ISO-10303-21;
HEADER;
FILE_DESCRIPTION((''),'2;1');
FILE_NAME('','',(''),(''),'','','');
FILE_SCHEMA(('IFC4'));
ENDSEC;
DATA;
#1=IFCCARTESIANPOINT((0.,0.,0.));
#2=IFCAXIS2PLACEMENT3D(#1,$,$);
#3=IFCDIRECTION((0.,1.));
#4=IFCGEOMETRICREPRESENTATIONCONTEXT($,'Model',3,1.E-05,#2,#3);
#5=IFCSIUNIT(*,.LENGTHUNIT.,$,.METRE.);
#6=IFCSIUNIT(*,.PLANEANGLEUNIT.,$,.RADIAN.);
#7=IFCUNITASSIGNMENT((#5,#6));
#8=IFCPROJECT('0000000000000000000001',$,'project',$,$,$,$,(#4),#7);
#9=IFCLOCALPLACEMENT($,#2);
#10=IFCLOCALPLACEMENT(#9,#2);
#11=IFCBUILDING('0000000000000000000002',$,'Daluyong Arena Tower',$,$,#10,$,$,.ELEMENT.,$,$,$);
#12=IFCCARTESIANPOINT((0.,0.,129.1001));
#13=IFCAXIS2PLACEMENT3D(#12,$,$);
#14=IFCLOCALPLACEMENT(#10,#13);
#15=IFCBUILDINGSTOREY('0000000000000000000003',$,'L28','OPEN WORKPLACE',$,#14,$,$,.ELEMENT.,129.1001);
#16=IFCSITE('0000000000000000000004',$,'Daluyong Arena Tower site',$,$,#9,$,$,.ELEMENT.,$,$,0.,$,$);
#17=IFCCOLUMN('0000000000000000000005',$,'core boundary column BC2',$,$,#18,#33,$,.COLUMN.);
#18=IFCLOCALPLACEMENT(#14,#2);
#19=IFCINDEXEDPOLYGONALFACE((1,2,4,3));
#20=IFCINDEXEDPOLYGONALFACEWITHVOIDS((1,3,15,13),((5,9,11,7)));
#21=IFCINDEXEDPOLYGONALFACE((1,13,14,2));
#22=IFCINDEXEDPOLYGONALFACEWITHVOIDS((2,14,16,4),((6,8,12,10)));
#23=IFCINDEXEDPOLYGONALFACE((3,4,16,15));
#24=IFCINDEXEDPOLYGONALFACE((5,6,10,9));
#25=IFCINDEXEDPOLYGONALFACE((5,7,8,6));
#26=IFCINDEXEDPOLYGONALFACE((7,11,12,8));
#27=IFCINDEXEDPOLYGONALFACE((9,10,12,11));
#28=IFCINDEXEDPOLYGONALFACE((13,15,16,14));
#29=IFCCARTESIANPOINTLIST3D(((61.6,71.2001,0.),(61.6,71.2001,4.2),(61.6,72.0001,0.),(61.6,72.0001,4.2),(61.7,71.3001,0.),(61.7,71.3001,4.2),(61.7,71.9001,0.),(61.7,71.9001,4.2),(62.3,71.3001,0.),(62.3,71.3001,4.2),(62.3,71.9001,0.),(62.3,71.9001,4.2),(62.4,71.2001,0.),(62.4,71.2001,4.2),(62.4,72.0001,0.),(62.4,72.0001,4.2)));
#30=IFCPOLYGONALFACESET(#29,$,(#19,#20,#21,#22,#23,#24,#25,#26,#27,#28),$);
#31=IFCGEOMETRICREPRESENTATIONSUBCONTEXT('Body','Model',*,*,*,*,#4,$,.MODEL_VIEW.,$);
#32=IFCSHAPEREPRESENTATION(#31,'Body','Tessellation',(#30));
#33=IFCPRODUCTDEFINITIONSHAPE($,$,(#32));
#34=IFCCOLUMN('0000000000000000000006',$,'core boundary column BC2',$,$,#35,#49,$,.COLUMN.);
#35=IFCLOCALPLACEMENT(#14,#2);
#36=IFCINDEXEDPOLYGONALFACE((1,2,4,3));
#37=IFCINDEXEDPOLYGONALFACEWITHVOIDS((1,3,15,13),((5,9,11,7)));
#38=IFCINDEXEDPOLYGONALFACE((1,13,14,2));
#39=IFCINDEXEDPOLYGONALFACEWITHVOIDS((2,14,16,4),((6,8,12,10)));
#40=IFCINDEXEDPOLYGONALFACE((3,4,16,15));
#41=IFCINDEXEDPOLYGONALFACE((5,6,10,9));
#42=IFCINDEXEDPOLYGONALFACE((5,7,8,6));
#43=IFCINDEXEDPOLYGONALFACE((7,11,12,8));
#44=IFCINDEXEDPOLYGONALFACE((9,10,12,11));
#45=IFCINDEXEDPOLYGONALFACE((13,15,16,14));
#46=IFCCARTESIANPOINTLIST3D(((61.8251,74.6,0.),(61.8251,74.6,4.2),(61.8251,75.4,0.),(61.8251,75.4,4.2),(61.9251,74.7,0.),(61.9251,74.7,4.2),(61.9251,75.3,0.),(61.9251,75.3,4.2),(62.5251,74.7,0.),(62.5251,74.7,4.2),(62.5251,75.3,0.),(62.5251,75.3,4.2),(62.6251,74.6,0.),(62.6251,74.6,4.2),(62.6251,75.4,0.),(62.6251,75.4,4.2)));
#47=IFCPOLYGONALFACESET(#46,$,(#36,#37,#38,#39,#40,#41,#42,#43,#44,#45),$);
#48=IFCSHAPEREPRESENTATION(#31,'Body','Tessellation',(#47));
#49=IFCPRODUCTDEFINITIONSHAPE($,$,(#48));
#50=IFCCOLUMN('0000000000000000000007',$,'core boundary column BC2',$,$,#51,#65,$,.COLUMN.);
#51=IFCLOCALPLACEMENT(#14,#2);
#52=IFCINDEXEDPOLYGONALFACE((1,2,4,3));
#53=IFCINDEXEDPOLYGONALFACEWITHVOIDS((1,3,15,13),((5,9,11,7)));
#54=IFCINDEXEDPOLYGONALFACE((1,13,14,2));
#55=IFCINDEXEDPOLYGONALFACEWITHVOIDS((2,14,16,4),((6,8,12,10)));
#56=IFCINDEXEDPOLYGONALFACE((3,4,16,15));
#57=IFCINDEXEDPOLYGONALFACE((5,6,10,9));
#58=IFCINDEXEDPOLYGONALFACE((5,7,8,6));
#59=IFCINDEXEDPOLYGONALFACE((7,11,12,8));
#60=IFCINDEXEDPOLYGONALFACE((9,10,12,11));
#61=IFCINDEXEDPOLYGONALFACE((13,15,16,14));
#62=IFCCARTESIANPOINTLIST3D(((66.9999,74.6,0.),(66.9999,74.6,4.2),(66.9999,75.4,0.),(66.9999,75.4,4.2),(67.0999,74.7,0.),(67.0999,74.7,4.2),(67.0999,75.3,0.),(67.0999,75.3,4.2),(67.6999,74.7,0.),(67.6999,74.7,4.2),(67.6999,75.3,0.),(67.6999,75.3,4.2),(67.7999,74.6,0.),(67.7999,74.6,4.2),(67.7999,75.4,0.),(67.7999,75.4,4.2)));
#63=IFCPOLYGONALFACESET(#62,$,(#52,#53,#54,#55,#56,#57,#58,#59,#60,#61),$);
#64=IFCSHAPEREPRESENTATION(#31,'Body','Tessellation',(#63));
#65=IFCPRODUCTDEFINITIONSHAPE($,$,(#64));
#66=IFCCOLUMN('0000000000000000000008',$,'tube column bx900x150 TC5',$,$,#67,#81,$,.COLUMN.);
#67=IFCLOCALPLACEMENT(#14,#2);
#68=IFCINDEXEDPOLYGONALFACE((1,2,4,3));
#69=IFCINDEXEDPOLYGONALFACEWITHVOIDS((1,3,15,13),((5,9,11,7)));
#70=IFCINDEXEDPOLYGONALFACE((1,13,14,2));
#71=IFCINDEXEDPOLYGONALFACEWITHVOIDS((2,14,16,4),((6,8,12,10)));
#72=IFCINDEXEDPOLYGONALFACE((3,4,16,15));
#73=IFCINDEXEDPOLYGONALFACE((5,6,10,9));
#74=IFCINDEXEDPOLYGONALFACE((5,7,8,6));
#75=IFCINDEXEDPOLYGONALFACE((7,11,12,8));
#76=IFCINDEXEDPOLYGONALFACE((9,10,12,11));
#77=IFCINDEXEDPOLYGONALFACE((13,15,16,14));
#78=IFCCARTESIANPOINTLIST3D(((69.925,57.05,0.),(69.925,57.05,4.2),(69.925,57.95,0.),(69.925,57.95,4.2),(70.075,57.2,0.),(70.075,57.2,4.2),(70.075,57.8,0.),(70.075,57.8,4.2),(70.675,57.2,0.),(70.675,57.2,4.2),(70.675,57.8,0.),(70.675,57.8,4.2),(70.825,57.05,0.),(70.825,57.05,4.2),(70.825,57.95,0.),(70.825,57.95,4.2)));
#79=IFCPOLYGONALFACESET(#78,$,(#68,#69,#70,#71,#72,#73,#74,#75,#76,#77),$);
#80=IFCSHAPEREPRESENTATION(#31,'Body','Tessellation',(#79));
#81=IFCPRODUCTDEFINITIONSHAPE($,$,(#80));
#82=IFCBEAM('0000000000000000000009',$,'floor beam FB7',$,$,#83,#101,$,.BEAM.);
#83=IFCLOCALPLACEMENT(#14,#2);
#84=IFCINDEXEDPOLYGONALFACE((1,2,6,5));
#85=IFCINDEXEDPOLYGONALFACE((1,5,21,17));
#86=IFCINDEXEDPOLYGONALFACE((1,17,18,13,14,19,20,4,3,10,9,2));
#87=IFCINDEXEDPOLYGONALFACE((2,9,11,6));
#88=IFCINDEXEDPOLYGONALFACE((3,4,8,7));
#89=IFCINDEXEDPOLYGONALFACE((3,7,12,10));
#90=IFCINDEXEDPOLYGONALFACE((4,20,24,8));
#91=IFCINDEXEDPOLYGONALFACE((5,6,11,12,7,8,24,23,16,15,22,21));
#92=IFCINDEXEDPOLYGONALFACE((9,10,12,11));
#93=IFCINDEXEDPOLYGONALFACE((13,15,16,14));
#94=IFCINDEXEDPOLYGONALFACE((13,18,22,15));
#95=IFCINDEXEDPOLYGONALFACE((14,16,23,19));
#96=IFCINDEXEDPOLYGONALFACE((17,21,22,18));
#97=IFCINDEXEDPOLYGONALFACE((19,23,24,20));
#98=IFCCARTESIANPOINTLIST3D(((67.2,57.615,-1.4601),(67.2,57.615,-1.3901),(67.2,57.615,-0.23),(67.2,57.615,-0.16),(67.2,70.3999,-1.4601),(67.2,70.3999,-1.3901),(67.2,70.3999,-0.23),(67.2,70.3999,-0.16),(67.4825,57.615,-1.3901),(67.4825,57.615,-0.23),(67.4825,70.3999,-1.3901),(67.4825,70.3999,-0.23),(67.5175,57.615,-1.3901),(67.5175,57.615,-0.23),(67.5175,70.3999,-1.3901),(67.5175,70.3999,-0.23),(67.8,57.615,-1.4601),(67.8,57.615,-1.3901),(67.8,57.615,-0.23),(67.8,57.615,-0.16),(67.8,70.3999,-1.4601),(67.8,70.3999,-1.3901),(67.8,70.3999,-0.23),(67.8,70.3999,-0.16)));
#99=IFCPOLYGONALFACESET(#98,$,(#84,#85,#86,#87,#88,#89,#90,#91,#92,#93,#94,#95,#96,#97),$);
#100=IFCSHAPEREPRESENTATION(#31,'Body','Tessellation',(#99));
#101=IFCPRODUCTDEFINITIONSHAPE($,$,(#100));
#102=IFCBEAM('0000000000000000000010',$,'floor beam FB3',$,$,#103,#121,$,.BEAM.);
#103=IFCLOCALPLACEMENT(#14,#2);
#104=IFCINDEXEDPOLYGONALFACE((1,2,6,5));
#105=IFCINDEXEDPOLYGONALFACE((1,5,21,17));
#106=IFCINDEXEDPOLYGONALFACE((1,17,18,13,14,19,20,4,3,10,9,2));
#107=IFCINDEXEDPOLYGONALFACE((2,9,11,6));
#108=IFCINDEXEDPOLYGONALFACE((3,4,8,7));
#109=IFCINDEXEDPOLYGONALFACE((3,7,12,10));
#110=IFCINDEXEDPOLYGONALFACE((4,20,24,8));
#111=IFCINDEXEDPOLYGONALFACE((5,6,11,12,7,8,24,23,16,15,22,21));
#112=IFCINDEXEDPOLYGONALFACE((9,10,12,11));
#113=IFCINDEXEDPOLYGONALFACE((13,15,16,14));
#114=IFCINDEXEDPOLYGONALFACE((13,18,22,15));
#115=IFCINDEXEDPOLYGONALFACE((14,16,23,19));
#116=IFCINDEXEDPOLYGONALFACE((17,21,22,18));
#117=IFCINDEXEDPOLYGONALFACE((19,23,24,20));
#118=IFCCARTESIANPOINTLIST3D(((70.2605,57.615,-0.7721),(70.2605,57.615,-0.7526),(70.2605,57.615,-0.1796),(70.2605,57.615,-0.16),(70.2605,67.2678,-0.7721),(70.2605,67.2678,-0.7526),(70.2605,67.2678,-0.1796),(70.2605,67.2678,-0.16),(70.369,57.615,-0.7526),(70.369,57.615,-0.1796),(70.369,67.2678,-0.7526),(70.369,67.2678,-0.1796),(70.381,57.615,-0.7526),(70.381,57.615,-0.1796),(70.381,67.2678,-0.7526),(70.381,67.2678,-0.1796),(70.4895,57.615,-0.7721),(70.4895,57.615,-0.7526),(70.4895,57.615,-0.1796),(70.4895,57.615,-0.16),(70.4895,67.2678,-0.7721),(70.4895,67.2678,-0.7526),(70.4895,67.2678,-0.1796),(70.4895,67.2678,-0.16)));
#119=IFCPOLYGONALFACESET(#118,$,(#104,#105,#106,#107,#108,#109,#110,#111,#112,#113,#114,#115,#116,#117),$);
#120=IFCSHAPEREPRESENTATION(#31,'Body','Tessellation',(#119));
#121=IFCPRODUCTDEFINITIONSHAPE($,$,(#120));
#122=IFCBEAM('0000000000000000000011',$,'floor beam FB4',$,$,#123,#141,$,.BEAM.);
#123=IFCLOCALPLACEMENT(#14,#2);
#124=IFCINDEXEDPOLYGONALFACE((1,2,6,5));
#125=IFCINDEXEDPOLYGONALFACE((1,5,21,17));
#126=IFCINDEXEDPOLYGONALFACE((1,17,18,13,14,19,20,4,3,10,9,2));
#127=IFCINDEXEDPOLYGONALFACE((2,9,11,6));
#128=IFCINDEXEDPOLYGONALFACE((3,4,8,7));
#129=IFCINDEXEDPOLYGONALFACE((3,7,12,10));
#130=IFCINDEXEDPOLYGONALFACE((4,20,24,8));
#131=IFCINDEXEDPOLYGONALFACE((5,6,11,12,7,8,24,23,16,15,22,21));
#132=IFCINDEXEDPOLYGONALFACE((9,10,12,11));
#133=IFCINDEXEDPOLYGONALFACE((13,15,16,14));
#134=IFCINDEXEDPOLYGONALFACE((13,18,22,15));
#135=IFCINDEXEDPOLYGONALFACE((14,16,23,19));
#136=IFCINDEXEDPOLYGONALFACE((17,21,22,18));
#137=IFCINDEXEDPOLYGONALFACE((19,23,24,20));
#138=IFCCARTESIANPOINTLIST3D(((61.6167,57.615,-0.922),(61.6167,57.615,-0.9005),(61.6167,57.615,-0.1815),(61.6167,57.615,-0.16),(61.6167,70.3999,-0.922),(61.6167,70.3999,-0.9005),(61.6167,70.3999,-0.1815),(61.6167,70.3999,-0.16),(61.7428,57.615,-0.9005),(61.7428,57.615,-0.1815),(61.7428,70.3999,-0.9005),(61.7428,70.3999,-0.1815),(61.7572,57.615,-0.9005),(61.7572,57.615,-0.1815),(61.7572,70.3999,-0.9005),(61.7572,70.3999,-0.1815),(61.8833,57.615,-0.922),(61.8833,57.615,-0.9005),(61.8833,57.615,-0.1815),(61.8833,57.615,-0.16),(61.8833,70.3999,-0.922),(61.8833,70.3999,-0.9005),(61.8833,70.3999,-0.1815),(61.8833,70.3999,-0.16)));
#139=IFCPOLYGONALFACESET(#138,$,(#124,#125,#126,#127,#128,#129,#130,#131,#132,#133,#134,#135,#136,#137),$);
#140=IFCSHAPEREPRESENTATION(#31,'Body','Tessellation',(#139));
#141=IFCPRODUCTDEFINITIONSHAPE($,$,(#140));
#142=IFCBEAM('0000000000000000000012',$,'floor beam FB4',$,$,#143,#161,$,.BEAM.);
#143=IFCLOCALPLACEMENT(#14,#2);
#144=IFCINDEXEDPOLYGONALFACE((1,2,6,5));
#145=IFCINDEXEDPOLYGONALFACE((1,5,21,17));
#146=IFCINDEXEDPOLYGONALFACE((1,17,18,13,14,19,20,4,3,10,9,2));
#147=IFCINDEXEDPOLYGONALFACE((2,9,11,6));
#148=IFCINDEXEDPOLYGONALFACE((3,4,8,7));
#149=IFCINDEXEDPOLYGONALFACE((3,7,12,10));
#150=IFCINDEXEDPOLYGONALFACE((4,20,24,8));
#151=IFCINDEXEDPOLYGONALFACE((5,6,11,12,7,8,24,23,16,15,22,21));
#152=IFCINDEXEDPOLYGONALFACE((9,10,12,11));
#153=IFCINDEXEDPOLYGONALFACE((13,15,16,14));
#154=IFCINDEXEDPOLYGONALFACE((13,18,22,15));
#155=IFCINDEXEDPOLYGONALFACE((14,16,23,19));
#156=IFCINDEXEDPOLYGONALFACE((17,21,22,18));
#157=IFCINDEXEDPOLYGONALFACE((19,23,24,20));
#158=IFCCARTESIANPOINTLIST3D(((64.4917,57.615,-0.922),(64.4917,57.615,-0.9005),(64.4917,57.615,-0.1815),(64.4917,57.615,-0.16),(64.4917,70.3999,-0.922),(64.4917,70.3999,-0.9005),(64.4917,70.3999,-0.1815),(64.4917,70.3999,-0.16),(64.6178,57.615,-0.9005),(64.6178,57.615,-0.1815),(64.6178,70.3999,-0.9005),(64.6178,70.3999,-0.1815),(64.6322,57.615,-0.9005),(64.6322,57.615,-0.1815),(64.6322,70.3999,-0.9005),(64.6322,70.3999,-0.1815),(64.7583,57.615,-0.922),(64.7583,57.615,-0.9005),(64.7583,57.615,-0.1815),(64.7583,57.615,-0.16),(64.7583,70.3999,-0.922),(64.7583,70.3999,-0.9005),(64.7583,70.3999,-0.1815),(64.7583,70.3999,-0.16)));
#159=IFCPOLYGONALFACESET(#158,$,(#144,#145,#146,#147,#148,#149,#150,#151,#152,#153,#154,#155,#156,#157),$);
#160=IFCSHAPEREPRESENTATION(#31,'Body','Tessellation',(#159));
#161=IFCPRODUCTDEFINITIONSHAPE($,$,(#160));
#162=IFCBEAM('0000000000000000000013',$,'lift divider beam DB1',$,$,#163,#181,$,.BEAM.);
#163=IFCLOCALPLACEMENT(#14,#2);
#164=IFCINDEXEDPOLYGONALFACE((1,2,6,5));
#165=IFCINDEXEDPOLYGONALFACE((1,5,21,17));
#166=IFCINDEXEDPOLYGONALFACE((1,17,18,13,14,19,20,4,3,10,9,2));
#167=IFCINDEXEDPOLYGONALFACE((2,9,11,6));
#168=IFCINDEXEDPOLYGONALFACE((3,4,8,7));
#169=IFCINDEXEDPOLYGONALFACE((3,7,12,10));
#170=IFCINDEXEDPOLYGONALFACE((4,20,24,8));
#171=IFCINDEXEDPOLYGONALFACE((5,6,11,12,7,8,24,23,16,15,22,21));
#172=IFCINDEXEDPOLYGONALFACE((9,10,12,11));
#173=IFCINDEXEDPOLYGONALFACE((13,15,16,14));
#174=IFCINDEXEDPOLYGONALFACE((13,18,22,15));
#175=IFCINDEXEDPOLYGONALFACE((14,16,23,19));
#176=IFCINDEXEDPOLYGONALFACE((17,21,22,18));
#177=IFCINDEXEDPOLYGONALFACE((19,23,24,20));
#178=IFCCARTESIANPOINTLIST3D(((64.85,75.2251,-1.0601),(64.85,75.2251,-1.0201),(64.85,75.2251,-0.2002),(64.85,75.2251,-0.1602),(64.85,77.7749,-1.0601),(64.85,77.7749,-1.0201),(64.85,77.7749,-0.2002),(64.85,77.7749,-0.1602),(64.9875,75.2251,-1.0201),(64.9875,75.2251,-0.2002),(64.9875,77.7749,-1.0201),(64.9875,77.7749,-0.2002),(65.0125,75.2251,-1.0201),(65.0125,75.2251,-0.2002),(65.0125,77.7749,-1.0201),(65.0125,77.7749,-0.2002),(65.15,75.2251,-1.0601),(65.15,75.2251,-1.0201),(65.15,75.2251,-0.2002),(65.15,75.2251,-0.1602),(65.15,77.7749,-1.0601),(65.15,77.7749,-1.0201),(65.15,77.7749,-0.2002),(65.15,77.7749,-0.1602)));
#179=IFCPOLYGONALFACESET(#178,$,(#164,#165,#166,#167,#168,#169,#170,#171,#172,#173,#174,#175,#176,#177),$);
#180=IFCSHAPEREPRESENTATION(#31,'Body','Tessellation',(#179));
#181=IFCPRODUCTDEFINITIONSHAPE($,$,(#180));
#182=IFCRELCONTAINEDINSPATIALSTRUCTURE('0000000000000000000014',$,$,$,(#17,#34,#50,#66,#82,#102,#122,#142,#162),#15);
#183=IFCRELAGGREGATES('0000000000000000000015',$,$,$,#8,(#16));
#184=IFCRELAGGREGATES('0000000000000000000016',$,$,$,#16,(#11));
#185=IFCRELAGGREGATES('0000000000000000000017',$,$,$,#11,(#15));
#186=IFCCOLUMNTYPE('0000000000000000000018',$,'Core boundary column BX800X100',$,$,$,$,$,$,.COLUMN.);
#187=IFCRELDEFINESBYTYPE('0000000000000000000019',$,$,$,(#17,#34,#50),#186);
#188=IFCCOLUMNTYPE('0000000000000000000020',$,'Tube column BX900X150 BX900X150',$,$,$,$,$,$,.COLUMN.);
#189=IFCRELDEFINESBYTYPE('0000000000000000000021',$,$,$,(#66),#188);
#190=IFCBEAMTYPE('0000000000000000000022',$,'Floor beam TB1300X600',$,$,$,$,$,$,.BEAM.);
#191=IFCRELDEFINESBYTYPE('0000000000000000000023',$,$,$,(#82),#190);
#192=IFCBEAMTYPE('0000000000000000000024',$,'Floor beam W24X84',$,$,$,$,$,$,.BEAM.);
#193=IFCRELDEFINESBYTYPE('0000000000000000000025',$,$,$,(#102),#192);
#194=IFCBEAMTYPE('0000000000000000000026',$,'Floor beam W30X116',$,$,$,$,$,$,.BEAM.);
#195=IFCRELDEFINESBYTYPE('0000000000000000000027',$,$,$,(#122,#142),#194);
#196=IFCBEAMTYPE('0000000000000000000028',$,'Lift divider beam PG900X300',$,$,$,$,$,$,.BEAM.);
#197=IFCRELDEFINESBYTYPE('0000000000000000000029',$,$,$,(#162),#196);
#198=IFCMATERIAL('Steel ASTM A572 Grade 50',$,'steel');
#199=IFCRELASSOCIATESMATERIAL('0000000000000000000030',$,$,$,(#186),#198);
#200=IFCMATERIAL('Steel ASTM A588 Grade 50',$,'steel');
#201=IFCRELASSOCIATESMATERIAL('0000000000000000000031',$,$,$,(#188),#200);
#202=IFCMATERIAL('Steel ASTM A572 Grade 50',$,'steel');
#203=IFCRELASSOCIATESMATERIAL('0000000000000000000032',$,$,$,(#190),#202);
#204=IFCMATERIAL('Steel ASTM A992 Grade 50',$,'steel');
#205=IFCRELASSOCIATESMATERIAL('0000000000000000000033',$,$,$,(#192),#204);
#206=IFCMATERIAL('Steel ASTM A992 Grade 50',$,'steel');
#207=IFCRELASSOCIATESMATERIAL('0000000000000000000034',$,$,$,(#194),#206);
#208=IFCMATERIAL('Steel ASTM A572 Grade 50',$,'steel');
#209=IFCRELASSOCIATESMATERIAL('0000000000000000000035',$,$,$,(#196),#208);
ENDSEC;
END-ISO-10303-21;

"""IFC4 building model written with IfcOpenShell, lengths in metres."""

from ifc_helpers import new_model, si_unit, direction, frame, origin, origin_2d, place, context, subcontext, project, spatial, hollow_rectangle, i_section, extrude, material, material_profile, profile_set, type_object, element, save


model = new_model("IFC4")

# Units and contexts
model_context = context("Model", 3, precision=1e-05, world=origin(), true_north=direction((0.0, 1.0)))
body_context = subcontext(model_context, "Body", "Model", "MODEL_VIEW")
ifc_project = project(units=[si_unit("LENGTHUNIT", "METRE"), si_unit("PLANEANGLEUNIT", "RADIAN")], contexts=[model_context])

# Site, building, storey
site_placement = place(None, origin())
site = spatial("IfcSite", under=ifc_project, at=site_placement, Name="Daluyong Arena Tower site", CompositionType="ELEMENT", RefElevation=0.0)
building_placement = place(site_placement, origin())
building = spatial("IfcBuilding", under=site, at=building_placement, Name="Daluyong Arena Tower", CompositionType="ELEMENT")
storey_placement = place(building_placement, frame((0.0, 0.0, 129.1001)))
storey = spatial("IfcBuildingStorey", under=building, at=storey_placement, Name="L28", Description="OPEN WORKPLACE", CompositionType="ELEMENT", Elevation=129.1001)

# Columns
ifc_material_1 = material(Name="Steel ASTM A572 Grade 50", Category="steel")
ifc_material_profile_1 = material_profile(ifc_material_1, hollow_rectangle(XDim=0.8, YDim=0.8, WallThickness=0.1, at=origin_2d()))
ifc_profile_set_1 = profile_set([ifc_material_profile_1], Name="Steel ASTM A572 Grade 50")
column_type_1 = type_object("IfcColumnType", Name="Core boundary column BX800X100", PredefinedType="COLUMN", material=ifc_profile_set_1)
for number, where, z_axis, x_axis, name in (
    (1, (62.0, 71.6001, 0.0), (0.0, 0.0, 1.0), (1.0, 0.0, 0.0), "core boundary column BC2"),
    (2, (62.2251, 75.0, 0.0), (0.0, 0.0, 1.0), (1.0, 0.0, 0.0), "core boundary column BC2"),
    (3, (67.3999, 75.0, 0.0), (0.0, 0.0, 1.0), (1.0, 0.0, 0.0), "core boundary column BC2"),
):
    element("IfcColumn", number, at=place(storey_placement, frame(where, z_axis=z_axis, x_axis=x_axis)), inside=storey, type_object=column_type_1, Name=name, PredefinedType="COLUMN", context=body_context, shape_type="SweptSolid", body=[
        extrude(hollow_rectangle(XDim=0.8, YDim=0.8, WallThickness=0.1, at=origin_2d()), origin(), (0.0, 0.0, 1.0), 4.2),
    ])
ifc_material_2 = material(Name="Steel ASTM A588 Grade 50", Category="steel")
ifc_material_profile_2 = material_profile(ifc_material_2, hollow_rectangle(XDim=0.8999, YDim=0.8999, WallThickness=0.15, at=origin_2d()))
ifc_profile_set_2 = profile_set([ifc_material_profile_2], Name="Steel ASTM A588 Grade 50")
column_type_2 = type_object("IfcColumnType", Name="Tube column BX900X150 BX900X150", PredefinedType="COLUMN", material=ifc_profile_set_2)
column_placement = place(storey_placement, frame((70.375, 57.5, 0.0), z_axis=(0.0, 0.0, 1.0), x_axis=(1.0, 0.0, 0.0)))
element("IfcColumn", 4, at=column_placement, inside=storey, type_object=column_type_2, Name="tube column bx900x150 TC5", PredefinedType="COLUMN", context=body_context, shape_type="SweptSolid", body=[
    extrude(hollow_rectangle(XDim=0.8999, YDim=0.8999, WallThickness=0.15, at=origin_2d()), origin(), (0.0, 0.0, 1.0), 4.2),
])

# Beams
ifc_material_3 = material(Name="Steel ASTM A572 Grade 50", Category="steel")
ifc_material_profile_3 = material_profile(ifc_material_3, i_section(OverallWidth=0.6001, OverallDepth=1.3, WebThickness=0.035, FlangeThickness=0.07, at=origin_2d()))
ifc_profile_set_3 = profile_set([ifc_material_profile_3], Name="Steel ASTM A572 Grade 50")
beam_type_1 = type_object("IfcBeamType", Name="Floor beam TB1300X600", PredefinedType="BEAM", material=ifc_profile_set_3)
beam_1_placement = place(storey_placement, frame((67.5, 57.615, -0.8101), z_axis=(0.0, 1.0, 0.0), x_axis=(-1.0, 0.0, 0.0)))
element("IfcBeam", 5, at=beam_1_placement, inside=storey, type_object=beam_type_1, Name="floor beam FB7", PredefinedType="BEAM", context=body_context, shape_type="SweptSolid", body=[
    extrude(i_section(OverallWidth=0.6001, OverallDepth=1.3, WebThickness=0.035, FlangeThickness=0.07, at=origin_2d()), origin(), (0.0, 0.0, 1.0), 12.7849),
])
ifc_material_4 = material(Name="Steel ASTM A992 Grade 50", Category="steel")
ifc_material_profile_4 = material_profile(ifc_material_4, i_section(OverallWidth=0.229, OverallDepth=0.6121, WebThickness=0.012, FlangeThickness=0.0195, at=origin_2d()))
ifc_profile_set_4 = profile_set([ifc_material_profile_4], Name="Steel ASTM A992 Grade 50")
beam_type_2 = type_object("IfcBeamType", Name="Floor beam W24X84", PredefinedType="BEAM", material=ifc_profile_set_4)
beam_2_placement = place(storey_placement, frame((70.375, 57.615, -0.4661), z_axis=(0.0, 1.0, 0.0), x_axis=(-1.0, 0.0, 0.0)))
element("IfcBeam", 6, at=beam_2_placement, inside=storey, type_object=beam_type_2, Name="floor beam FB3", PredefinedType="BEAM", context=body_context, shape_type="SweptSolid", body=[
    extrude(i_section(OverallWidth=0.229, OverallDepth=0.6121, WebThickness=0.012, FlangeThickness=0.0195, at=origin_2d()), origin(), (0.0, 0.0, 1.0), 9.6528),
])
ifc_material_5 = material(Name="Steel ASTM A992 Grade 50", Category="steel")
ifc_material_profile_5 = material_profile(ifc_material_5, i_section(OverallWidth=0.2666, OverallDepth=0.762, WebThickness=0.0144, FlangeThickness=0.0215, at=origin_2d()))
ifc_profile_set_5 = profile_set([ifc_material_profile_5], Name="Steel ASTM A992 Grade 50")
beam_type_3 = type_object("IfcBeamType", Name="Floor beam W30X116", PredefinedType="BEAM", material=ifc_profile_set_5)
for number, where, z_axis, x_axis, name in (
    (7, (61.75, 57.615, -0.541), (0.0, 1.0, 0.0), (-1.0, 0.0, 0.0), "floor beam FB4"),
    (8, (64.625, 57.615, -0.541), (0.0, 1.0, 0.0), (-1.0, 0.0, 0.0), "floor beam FB4"),
):
    element("IfcBeam", number, at=place(storey_placement, frame(where, z_axis=z_axis, x_axis=x_axis)), inside=storey, type_object=beam_type_3, Name=name, PredefinedType="BEAM", context=body_context, shape_type="SweptSolid", body=[
        extrude(i_section(OverallWidth=0.2666, OverallDepth=0.762, WebThickness=0.0144, FlangeThickness=0.0215, at=origin_2d()), origin(), (0.0, 0.0, 1.0), 12.7849),
    ])
ifc_material_6 = material(Name="Steel ASTM A572 Grade 50", Category="steel")
ifc_material_profile_6 = material_profile(ifc_material_6, i_section(OverallWidth=0.3, OverallDepth=0.8999, WebThickness=0.025, FlangeThickness=0.04, at=origin_2d()))
ifc_profile_set_6 = profile_set([ifc_material_profile_6], Name="Steel ASTM A572 Grade 50")
beam_type_4 = type_object("IfcBeamType", Name="Lift divider beam PG900X300", PredefinedType="BEAM", material=ifc_profile_set_6)
beam_3_placement = place(storey_placement, frame((65.0, 75.2251, -0.6101), z_axis=(0.0, 1.0, 0.0), x_axis=(-1.0, 0.0, 0.0)))
element("IfcBeam", 9, at=beam_3_placement, inside=storey, type_object=beam_type_4, Name="lift divider beam DB1", PredefinedType="BEAM", context=body_context, shape_type="SweptSolid", body=[
    extrude(i_section(OverallWidth=0.3, OverallDepth=0.8999, WebThickness=0.025, FlangeThickness=0.04, at=origin_2d()), origin(), (0.0, 0.0, 1.0), 2.5498),
])

save(model, "model.ifc")
